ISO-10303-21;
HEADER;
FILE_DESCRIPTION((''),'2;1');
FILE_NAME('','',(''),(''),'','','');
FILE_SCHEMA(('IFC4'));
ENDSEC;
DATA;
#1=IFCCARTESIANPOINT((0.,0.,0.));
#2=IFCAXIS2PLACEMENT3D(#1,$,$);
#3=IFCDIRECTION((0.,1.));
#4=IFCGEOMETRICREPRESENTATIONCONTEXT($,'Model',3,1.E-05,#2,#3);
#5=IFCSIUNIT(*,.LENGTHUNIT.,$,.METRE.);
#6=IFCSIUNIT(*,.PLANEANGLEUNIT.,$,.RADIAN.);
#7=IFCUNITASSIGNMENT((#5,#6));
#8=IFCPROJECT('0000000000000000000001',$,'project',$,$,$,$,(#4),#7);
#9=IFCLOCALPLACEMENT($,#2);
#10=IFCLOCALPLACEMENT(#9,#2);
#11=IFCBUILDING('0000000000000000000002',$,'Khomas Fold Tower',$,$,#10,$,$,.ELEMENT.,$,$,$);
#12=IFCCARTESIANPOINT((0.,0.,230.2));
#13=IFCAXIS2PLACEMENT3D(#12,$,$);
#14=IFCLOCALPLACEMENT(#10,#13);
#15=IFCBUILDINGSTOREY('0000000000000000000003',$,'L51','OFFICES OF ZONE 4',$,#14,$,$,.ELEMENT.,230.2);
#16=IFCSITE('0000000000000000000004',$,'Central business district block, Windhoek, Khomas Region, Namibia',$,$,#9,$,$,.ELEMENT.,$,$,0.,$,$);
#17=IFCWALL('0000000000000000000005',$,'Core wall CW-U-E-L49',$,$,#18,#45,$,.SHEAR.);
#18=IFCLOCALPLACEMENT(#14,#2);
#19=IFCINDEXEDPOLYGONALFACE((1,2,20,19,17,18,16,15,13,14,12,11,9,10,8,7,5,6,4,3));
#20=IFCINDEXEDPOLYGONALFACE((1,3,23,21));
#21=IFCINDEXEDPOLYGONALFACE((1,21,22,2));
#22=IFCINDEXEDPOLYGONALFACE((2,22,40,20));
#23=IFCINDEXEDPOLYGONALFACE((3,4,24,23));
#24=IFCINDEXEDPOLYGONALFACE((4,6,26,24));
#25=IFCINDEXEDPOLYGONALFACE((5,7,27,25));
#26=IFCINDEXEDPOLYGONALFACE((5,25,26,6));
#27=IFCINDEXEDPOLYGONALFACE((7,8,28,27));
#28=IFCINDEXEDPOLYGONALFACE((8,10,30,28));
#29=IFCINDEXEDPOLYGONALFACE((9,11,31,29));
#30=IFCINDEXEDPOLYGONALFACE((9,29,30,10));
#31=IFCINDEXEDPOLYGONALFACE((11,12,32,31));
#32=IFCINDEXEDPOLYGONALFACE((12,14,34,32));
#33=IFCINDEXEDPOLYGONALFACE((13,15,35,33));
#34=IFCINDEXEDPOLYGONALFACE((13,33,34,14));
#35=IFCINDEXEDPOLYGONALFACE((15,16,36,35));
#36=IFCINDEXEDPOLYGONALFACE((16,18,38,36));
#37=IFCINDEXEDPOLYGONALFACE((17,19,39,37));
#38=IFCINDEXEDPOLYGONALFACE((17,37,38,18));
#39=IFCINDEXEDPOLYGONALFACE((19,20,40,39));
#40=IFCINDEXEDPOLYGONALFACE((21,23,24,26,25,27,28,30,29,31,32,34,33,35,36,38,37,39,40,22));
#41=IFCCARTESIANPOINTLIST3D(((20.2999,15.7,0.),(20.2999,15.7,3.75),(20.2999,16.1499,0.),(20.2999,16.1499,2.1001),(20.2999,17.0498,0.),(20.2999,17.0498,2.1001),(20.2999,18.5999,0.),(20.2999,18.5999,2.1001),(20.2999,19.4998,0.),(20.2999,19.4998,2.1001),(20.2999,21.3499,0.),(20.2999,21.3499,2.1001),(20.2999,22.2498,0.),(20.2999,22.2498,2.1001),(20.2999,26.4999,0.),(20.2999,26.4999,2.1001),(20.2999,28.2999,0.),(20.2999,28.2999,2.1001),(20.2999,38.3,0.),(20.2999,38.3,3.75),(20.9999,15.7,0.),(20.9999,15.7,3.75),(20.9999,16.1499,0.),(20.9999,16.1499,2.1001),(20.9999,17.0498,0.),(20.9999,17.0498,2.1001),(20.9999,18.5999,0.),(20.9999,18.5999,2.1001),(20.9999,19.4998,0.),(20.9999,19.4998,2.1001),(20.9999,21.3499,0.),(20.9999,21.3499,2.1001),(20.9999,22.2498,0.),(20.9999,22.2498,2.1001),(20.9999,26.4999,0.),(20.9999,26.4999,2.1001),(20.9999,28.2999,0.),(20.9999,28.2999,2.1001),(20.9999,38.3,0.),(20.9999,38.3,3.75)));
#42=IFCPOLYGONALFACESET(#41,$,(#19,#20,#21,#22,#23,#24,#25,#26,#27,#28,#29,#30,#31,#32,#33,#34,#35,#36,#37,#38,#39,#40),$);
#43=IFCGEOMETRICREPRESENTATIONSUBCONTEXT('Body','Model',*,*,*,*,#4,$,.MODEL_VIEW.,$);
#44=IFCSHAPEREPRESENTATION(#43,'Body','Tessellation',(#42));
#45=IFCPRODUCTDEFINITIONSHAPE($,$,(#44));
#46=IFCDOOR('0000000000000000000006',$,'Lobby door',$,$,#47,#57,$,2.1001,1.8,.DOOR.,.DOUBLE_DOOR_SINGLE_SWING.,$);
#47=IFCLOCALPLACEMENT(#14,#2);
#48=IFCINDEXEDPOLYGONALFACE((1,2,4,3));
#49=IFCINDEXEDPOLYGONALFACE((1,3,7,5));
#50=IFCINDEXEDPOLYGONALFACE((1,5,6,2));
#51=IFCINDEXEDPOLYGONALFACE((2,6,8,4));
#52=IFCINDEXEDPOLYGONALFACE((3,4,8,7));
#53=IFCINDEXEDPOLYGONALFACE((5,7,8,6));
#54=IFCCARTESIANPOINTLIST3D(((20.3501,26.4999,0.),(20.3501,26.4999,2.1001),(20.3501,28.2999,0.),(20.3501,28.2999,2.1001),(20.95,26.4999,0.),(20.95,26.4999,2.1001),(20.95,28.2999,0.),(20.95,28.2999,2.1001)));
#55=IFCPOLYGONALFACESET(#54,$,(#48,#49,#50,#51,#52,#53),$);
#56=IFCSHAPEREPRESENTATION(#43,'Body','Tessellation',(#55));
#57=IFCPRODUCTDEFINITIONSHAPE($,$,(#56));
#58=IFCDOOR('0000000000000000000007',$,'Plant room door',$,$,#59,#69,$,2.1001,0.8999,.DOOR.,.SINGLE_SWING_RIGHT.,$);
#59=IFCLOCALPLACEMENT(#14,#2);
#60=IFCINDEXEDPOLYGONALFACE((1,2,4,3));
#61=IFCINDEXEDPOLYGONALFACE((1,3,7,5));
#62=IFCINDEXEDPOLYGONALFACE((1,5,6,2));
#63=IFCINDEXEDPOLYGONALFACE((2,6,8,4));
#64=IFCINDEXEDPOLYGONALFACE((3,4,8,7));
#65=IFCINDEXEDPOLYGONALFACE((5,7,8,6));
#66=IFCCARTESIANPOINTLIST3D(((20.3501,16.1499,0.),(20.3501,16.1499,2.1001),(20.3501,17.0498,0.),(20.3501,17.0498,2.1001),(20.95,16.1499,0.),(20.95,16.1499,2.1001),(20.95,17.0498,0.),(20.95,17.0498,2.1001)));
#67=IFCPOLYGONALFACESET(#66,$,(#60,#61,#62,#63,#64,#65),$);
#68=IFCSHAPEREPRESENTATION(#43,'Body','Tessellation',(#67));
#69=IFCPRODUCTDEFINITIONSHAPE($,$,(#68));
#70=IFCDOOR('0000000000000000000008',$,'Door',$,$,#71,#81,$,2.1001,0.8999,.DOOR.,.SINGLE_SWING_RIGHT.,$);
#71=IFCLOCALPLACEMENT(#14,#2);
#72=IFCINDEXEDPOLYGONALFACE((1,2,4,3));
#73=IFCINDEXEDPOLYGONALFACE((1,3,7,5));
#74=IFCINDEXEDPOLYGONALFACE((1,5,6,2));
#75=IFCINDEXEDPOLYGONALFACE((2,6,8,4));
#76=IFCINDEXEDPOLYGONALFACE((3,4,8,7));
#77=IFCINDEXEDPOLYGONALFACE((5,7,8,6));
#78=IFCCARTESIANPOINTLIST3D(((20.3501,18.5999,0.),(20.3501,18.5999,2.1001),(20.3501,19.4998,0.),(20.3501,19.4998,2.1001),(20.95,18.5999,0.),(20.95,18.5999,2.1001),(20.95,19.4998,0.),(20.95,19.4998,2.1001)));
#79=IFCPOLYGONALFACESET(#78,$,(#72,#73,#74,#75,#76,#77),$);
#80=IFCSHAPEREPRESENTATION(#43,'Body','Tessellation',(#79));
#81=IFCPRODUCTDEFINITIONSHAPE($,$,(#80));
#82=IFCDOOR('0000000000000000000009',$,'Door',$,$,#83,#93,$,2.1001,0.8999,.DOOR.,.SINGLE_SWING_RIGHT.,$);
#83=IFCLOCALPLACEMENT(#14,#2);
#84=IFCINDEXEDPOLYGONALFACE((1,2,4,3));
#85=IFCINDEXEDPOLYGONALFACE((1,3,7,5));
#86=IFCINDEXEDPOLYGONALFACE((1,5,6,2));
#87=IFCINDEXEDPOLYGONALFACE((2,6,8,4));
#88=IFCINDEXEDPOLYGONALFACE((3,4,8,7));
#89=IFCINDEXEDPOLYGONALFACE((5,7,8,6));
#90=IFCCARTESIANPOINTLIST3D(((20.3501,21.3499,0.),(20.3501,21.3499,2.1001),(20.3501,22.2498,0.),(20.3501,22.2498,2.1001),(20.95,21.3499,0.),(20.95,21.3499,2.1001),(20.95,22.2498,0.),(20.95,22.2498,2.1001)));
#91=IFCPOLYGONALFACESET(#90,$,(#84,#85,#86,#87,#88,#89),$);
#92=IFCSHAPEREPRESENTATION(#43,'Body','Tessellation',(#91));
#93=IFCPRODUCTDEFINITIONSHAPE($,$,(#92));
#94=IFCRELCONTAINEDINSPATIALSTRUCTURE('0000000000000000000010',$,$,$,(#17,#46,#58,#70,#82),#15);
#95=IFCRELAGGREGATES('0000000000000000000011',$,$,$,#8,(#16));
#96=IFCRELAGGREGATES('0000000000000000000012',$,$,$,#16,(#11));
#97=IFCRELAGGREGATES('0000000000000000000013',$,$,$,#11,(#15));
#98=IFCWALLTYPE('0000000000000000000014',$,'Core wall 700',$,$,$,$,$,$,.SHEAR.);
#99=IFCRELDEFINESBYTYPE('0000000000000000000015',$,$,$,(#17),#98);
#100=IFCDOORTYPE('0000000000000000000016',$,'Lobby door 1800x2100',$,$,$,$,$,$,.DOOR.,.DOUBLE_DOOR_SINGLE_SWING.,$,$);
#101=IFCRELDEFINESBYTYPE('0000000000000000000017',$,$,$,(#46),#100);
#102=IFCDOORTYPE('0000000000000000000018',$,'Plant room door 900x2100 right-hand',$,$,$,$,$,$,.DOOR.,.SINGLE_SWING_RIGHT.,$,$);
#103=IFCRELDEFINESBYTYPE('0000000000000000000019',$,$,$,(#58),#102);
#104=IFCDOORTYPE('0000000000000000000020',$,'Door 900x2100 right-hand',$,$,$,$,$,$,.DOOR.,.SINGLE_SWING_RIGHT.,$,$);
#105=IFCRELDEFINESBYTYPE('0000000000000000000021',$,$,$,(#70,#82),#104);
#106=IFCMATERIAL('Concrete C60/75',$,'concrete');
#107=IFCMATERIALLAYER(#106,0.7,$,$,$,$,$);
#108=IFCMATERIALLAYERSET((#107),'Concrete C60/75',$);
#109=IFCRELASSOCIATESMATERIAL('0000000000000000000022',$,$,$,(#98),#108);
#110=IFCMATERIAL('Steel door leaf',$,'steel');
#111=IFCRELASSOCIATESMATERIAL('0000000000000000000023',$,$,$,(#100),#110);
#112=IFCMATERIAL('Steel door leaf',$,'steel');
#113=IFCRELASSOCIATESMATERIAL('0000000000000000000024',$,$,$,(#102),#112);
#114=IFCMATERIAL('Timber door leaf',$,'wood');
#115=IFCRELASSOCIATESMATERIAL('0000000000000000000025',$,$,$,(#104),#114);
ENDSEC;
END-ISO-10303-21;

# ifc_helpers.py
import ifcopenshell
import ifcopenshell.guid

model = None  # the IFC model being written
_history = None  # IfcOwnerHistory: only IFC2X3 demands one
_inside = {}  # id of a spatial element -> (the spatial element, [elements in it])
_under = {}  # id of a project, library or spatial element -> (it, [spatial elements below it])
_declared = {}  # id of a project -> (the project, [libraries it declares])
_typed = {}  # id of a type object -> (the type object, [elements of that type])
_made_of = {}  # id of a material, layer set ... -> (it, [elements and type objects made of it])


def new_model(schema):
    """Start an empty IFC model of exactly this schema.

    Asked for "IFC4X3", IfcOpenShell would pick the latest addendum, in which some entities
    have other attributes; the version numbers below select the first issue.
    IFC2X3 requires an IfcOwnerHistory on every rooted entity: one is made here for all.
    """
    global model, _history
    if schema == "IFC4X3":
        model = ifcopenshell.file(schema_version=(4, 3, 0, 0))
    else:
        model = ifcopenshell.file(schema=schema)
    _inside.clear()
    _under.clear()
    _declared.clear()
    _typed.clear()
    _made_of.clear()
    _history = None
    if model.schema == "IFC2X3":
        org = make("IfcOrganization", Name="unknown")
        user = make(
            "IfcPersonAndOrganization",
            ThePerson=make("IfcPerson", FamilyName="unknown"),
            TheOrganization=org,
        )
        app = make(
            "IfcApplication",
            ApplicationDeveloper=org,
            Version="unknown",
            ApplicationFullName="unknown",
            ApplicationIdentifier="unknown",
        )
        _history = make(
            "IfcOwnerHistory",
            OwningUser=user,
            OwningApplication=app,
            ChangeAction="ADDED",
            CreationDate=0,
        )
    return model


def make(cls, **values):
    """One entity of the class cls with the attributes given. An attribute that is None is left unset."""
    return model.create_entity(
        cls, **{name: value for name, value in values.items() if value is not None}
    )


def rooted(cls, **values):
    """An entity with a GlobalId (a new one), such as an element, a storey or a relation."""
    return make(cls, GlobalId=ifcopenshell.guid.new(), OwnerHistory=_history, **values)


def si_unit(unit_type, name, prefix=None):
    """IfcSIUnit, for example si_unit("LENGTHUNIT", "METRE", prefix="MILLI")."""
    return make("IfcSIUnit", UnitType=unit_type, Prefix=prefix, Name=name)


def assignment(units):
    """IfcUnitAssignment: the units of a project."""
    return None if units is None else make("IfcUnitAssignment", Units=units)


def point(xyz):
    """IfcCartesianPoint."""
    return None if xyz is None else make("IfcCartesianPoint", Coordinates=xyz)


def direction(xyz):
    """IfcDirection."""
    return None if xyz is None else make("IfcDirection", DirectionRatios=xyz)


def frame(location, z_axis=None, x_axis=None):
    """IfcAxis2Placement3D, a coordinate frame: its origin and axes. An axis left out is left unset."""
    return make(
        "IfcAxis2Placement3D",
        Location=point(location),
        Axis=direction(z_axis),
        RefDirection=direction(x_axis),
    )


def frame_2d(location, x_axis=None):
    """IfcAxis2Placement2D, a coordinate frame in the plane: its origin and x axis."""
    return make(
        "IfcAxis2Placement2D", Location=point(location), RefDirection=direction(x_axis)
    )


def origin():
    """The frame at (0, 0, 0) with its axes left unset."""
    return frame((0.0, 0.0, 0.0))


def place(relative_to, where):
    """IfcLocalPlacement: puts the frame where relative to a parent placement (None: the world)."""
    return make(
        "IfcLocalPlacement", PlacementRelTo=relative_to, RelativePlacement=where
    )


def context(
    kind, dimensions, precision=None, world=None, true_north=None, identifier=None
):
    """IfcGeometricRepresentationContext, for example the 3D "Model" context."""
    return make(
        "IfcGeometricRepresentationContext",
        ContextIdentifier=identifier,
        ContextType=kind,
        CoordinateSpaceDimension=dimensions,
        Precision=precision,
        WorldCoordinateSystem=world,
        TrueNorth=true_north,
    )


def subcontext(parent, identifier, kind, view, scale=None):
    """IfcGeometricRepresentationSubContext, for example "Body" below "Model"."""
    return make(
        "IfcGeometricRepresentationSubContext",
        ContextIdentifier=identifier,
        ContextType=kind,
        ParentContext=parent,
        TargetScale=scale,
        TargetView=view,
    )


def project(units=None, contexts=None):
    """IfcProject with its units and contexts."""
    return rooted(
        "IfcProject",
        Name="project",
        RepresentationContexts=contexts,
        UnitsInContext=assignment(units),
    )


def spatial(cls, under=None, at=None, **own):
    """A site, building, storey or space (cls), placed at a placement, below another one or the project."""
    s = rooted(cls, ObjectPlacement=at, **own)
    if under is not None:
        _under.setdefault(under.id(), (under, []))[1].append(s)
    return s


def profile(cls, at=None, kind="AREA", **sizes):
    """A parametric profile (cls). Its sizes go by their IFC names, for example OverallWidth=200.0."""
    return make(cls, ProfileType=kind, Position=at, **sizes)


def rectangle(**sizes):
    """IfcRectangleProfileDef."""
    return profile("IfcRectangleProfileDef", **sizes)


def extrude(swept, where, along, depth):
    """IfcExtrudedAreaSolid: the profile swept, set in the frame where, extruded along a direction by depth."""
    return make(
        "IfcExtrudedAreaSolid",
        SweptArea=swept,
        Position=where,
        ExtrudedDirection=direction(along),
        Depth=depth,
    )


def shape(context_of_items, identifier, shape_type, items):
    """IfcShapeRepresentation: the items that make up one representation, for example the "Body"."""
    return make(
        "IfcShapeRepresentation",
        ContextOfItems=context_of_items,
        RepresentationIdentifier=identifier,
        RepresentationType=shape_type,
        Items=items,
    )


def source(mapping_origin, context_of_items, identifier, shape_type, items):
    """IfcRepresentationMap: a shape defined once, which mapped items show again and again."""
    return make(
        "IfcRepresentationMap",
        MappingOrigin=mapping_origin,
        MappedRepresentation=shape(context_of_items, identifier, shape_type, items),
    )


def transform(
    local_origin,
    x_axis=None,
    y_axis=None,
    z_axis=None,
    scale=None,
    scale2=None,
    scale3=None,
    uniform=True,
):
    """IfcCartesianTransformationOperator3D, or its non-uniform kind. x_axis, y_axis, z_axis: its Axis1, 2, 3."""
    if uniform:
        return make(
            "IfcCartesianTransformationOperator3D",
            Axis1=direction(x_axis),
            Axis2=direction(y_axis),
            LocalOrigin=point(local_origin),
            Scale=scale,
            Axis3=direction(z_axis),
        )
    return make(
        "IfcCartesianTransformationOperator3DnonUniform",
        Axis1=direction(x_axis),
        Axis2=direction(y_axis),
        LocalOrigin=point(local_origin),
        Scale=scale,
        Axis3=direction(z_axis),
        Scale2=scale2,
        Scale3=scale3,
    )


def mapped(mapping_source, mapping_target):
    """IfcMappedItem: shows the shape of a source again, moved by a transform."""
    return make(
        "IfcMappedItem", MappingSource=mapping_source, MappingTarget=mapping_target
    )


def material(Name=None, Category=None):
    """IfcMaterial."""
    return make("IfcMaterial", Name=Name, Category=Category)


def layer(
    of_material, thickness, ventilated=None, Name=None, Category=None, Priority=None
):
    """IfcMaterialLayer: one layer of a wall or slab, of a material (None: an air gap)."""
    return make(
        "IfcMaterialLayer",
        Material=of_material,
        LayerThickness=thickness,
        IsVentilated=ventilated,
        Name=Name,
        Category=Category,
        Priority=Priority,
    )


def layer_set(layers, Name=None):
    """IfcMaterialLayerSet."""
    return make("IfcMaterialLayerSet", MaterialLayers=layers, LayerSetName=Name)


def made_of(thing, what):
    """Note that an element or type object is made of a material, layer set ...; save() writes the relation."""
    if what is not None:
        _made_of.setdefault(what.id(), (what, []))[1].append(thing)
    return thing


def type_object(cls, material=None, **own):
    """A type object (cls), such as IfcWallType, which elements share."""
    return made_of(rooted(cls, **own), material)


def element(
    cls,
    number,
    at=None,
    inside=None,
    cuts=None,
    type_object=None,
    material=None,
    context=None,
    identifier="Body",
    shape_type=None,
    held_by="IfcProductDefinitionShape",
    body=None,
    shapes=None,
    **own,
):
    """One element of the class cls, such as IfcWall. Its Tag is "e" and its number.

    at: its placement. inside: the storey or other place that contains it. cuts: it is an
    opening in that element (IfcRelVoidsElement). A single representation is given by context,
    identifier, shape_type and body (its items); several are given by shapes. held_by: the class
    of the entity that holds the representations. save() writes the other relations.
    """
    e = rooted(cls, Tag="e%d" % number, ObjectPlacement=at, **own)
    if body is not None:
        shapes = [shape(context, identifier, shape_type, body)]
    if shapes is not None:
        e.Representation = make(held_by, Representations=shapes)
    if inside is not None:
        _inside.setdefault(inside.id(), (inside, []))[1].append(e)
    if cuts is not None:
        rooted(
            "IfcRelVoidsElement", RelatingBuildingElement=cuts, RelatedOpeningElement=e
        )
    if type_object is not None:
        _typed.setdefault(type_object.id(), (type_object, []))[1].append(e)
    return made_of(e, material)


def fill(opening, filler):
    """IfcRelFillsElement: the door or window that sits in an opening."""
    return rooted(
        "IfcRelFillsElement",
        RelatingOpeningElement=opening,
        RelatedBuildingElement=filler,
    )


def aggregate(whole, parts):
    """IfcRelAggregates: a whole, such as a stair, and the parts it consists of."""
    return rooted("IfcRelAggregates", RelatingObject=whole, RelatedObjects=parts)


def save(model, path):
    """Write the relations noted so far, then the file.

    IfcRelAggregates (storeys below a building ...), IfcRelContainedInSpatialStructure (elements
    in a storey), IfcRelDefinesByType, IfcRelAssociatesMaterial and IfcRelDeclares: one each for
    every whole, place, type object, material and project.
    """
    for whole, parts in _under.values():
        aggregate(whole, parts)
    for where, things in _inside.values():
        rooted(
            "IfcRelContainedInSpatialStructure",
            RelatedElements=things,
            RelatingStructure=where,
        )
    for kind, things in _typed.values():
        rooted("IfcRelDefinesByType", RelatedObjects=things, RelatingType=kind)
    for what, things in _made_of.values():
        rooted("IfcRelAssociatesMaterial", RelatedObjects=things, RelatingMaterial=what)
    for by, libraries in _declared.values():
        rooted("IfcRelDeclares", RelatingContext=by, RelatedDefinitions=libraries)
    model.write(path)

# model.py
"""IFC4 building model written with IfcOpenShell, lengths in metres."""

from ifc_helpers import new_model, si_unit, direction, frame, frame_2d, origin, place, context, subcontext, project, spatial, rectangle, extrude, source, transform, mapped, material, layer, layer_set, type_object, element, fill, save


model = new_model("IFC4")

# Units and contexts
model_context = context("Model", 3, precision=1e-05, world=origin(), true_north=direction((0.0, 1.0)))
body_context = subcontext(model_context, "Body", "Model", "MODEL_VIEW")
ifc_project = project(units=[si_unit("LENGTHUNIT", "METRE"), si_unit("PLANEANGLEUNIT", "RADIAN")], contexts=[model_context])

# Site, building, storey
site_placement = place(None, origin())
site = spatial("IfcSite", under=ifc_project, at=site_placement, Name="Central business district block, Windhoek, Khomas Region, Namibia", CompositionType="ELEMENT", RefElevation=0.0)
building_placement = place(site_placement, origin())
building = spatial("IfcBuilding", under=site, at=building_placement, Name="Khomas Fold Tower", CompositionType="ELEMENT")
storey_placement = place(building_placement, frame((0.0, 0.0, 230.2)))
storey = spatial("IfcBuildingStorey", under=building, at=storey_placement, Name="L51", Description="OFFICES OF ZONE 4", CompositionType="ELEMENT", Elevation=230.2)

# Wall, openings, doors
ifc_material_1 = material(Name="Concrete C60/75", Category="concrete")
ifc_layer_1 = layer(ifc_material_1, 0.7)
ifc_layer_set_1 = layer_set([ifc_layer_1], Name="Concrete C60/75")
wall_type_1 = type_object("IfcWallType", Name="Core wall 700", PredefinedType="SHEAR", material=ifc_layer_set_1)
shared_shape_1 = source(origin(), body_context, "Body", "SweptSolid", [
    extrude(rectangle(XDim=22.6001, YDim=0.7, at=frame_2d((11.3, 0.0))), origin(), (0.0, 0.0, 1.0), 3.75),
])
wall_1_placement = place(storey_placement, frame((20.6499, 15.7, 0.0), z_axis=(0.0, 0.0, 1.0), x_axis=(0.0, 1.0, 0.0)))
wall_1 = element("IfcWall", 1, at=wall_1_placement, inside=storey, type_object=wall_type_1, Name="Core wall CW-U-E-L49", PredefinedType="SHEAR", context=body_context, shape_type="MappedRepresentation", body=[
    mapped(shared_shape_1, transform((0.0, 0.0, 0.0))),
])
shared_shape_2 = source(origin(), body_context, "Body", "SweptSolid", [
    extrude(rectangle(XDim=1.8, YDim=2.1001, at=frame_2d((0.8999, 1.05))), frame((0.0, 0.3599, 0.0), z_axis=(0.0, -1.0, 0.0), x_axis=(1.0, 0.0, 0.0)), (0.0, 0.0, 1.0), 0.72),
])
opening_1_placement = place(wall_1_placement, frame((10.8, 0.0, 0.0)))
opening_1 = element("IfcOpeningElement", 2, at=opening_1_placement, cuts=wall_1, PredefinedType="OPENING", context=body_context, shape_type="MappedRepresentation", body=[
    mapped(shared_shape_2, transform((0.0, 0.0, 0.0))),
])
shared_shape_3 = source(origin(), body_context, "Body", "SweptSolid", [
    extrude(rectangle(XDim=0.8999, YDim=2.1001, at=frame_2d((0.45, 1.05))), frame((0.0, 0.3599, 0.0), z_axis=(0.0, -1.0, 0.0), x_axis=(1.0, 0.0, 0.0)), (0.0, 0.0, 1.0), 0.72),
])
opening_2_placement = place(wall_1_placement, frame((0.45, 0.0, 0.0)))
opening_2 = element("IfcOpeningElement", 3, at=opening_2_placement, cuts=wall_1, PredefinedType="OPENING", context=body_context, shape_type="MappedRepresentation", body=[
    mapped(shared_shape_3, transform((0.0, 0.0, 0.0))),
])
opening_3_placement = place(wall_1_placement, frame((2.8999, 0.0, 0.0)))
opening_3 = element("IfcOpeningElement", 4, at=opening_3_placement, cuts=wall_1, PredefinedType="OPENING", context=body_context, shape_type="MappedRepresentation", body=[
    mapped(shared_shape_3, transform((0.0, 0.0, 0.0))),
])
opening_4_placement = place(wall_1_placement, frame((5.6499, 0.0, 0.0)))
opening_4 = element("IfcOpeningElement", 5, at=opening_4_placement, cuts=wall_1, PredefinedType="OPENING", context=body_context, shape_type="MappedRepresentation", body=[
    mapped(shared_shape_3, transform((0.0, 0.0, 0.0))),
])
ifc_material_2 = material(Name="Steel door leaf", Category="steel")
door_type_1 = type_object("IfcDoorType", Name="Lobby door 1800x2100", OperationType="DOUBLE_DOOR_SINGLE_SWING", PredefinedType="DOOR", material=ifc_material_2)
shared_shape_4 = source(origin(), body_context, "Body", "SweptSolid", [
    extrude(rectangle(XDim=1.8, YDim=2.1001, at=frame_2d((0.8999, 1.05))), frame((0.0, 0.2998, 0.0), z_axis=(0.0, -1.0, 0.0), x_axis=(1.0, 0.0, 0.0)), (0.0, 0.0, 1.0), 0.5999),
])
door_1_placement = place(opening_1_placement, origin())
door_1 = element("IfcDoor", 6, at=door_1_placement, inside=storey, type_object=door_type_1, Name="Lobby door", OperationType="DOUBLE_DOOR_SINGLE_SWING", OverallHeight=2.1001, OverallWidth=1.8, PredefinedType="DOOR", context=body_context, shape_type="MappedRepresentation", body=[
    mapped(shared_shape_4, transform((0.0, 0.0, 0.0))),
])
fill(opening_1, door_1)
ifc_material_3 = material(Name="Steel door leaf", Category="steel")
door_type_2 = type_object("IfcDoorType", Name="Plant room door 900x2100 right-hand", OperationType="SINGLE_SWING_RIGHT", PredefinedType="DOOR", material=ifc_material_3)
shared_shape_5 = source(origin(), body_context, "Body", "SweptSolid", [
    extrude(rectangle(XDim=0.8999, YDim=2.1001, at=frame_2d((0.45, 1.05))), frame((0.0, 0.2998, 0.0), z_axis=(0.0, -1.0, 0.0), x_axis=(1.0, 0.0, 0.0)), (0.0, 0.0, 1.0), 0.5999),
])
door_2_placement = place(opening_2_placement, origin())
door_2 = element("IfcDoor", 7, at=door_2_placement, inside=storey, type_object=door_type_2, Name="Plant room door", OperationType="SINGLE_SWING_RIGHT", OverallHeight=2.1001, OverallWidth=0.8999, PredefinedType="DOOR", context=body_context, shape_type="MappedRepresentation", body=[
    mapped(shared_shape_5, transform((0.0, 0.0, 0.0))),
])
fill(opening_2, door_2)
ifc_material_4 = material(Name="Timber door leaf", Category="wood")
door_type_3 = type_object("IfcDoorType", Name="Door 900x2100 right-hand", OperationType="SINGLE_SWING_RIGHT", PredefinedType="DOOR", material=ifc_material_4)
door_3_placement = place(opening_3_placement, origin())
door_3 = element("IfcDoor", 8, at=door_3_placement, inside=storey, type_object=door_type_3, Name="Door", OperationType="SINGLE_SWING_RIGHT", OverallHeight=2.1001, OverallWidth=0.8999, PredefinedType="DOOR", context=body_context, shape_type="MappedRepresentation", body=[
    mapped(shared_shape_5, transform((0.0, 0.0, 0.0))),
])
fill(opening_3, door_3)
door_4_placement = place(opening_4_placement, origin())
door_4 = element("IfcDoor", 9, at=door_4_placement, inside=storey, type_object=door_type_3, Name="Door", OperationType="SINGLE_SWING_RIGHT", OverallHeight=2.1001, OverallWidth=0.8999, PredefinedType="DOOR", context=body_context, shape_type="MappedRepresentation", body=[
    mapped(shared_shape_5, transform((0.0, 0.0, 0.0))),
])
fill(opening_4, door_4)

save(model, "model.ifc")
